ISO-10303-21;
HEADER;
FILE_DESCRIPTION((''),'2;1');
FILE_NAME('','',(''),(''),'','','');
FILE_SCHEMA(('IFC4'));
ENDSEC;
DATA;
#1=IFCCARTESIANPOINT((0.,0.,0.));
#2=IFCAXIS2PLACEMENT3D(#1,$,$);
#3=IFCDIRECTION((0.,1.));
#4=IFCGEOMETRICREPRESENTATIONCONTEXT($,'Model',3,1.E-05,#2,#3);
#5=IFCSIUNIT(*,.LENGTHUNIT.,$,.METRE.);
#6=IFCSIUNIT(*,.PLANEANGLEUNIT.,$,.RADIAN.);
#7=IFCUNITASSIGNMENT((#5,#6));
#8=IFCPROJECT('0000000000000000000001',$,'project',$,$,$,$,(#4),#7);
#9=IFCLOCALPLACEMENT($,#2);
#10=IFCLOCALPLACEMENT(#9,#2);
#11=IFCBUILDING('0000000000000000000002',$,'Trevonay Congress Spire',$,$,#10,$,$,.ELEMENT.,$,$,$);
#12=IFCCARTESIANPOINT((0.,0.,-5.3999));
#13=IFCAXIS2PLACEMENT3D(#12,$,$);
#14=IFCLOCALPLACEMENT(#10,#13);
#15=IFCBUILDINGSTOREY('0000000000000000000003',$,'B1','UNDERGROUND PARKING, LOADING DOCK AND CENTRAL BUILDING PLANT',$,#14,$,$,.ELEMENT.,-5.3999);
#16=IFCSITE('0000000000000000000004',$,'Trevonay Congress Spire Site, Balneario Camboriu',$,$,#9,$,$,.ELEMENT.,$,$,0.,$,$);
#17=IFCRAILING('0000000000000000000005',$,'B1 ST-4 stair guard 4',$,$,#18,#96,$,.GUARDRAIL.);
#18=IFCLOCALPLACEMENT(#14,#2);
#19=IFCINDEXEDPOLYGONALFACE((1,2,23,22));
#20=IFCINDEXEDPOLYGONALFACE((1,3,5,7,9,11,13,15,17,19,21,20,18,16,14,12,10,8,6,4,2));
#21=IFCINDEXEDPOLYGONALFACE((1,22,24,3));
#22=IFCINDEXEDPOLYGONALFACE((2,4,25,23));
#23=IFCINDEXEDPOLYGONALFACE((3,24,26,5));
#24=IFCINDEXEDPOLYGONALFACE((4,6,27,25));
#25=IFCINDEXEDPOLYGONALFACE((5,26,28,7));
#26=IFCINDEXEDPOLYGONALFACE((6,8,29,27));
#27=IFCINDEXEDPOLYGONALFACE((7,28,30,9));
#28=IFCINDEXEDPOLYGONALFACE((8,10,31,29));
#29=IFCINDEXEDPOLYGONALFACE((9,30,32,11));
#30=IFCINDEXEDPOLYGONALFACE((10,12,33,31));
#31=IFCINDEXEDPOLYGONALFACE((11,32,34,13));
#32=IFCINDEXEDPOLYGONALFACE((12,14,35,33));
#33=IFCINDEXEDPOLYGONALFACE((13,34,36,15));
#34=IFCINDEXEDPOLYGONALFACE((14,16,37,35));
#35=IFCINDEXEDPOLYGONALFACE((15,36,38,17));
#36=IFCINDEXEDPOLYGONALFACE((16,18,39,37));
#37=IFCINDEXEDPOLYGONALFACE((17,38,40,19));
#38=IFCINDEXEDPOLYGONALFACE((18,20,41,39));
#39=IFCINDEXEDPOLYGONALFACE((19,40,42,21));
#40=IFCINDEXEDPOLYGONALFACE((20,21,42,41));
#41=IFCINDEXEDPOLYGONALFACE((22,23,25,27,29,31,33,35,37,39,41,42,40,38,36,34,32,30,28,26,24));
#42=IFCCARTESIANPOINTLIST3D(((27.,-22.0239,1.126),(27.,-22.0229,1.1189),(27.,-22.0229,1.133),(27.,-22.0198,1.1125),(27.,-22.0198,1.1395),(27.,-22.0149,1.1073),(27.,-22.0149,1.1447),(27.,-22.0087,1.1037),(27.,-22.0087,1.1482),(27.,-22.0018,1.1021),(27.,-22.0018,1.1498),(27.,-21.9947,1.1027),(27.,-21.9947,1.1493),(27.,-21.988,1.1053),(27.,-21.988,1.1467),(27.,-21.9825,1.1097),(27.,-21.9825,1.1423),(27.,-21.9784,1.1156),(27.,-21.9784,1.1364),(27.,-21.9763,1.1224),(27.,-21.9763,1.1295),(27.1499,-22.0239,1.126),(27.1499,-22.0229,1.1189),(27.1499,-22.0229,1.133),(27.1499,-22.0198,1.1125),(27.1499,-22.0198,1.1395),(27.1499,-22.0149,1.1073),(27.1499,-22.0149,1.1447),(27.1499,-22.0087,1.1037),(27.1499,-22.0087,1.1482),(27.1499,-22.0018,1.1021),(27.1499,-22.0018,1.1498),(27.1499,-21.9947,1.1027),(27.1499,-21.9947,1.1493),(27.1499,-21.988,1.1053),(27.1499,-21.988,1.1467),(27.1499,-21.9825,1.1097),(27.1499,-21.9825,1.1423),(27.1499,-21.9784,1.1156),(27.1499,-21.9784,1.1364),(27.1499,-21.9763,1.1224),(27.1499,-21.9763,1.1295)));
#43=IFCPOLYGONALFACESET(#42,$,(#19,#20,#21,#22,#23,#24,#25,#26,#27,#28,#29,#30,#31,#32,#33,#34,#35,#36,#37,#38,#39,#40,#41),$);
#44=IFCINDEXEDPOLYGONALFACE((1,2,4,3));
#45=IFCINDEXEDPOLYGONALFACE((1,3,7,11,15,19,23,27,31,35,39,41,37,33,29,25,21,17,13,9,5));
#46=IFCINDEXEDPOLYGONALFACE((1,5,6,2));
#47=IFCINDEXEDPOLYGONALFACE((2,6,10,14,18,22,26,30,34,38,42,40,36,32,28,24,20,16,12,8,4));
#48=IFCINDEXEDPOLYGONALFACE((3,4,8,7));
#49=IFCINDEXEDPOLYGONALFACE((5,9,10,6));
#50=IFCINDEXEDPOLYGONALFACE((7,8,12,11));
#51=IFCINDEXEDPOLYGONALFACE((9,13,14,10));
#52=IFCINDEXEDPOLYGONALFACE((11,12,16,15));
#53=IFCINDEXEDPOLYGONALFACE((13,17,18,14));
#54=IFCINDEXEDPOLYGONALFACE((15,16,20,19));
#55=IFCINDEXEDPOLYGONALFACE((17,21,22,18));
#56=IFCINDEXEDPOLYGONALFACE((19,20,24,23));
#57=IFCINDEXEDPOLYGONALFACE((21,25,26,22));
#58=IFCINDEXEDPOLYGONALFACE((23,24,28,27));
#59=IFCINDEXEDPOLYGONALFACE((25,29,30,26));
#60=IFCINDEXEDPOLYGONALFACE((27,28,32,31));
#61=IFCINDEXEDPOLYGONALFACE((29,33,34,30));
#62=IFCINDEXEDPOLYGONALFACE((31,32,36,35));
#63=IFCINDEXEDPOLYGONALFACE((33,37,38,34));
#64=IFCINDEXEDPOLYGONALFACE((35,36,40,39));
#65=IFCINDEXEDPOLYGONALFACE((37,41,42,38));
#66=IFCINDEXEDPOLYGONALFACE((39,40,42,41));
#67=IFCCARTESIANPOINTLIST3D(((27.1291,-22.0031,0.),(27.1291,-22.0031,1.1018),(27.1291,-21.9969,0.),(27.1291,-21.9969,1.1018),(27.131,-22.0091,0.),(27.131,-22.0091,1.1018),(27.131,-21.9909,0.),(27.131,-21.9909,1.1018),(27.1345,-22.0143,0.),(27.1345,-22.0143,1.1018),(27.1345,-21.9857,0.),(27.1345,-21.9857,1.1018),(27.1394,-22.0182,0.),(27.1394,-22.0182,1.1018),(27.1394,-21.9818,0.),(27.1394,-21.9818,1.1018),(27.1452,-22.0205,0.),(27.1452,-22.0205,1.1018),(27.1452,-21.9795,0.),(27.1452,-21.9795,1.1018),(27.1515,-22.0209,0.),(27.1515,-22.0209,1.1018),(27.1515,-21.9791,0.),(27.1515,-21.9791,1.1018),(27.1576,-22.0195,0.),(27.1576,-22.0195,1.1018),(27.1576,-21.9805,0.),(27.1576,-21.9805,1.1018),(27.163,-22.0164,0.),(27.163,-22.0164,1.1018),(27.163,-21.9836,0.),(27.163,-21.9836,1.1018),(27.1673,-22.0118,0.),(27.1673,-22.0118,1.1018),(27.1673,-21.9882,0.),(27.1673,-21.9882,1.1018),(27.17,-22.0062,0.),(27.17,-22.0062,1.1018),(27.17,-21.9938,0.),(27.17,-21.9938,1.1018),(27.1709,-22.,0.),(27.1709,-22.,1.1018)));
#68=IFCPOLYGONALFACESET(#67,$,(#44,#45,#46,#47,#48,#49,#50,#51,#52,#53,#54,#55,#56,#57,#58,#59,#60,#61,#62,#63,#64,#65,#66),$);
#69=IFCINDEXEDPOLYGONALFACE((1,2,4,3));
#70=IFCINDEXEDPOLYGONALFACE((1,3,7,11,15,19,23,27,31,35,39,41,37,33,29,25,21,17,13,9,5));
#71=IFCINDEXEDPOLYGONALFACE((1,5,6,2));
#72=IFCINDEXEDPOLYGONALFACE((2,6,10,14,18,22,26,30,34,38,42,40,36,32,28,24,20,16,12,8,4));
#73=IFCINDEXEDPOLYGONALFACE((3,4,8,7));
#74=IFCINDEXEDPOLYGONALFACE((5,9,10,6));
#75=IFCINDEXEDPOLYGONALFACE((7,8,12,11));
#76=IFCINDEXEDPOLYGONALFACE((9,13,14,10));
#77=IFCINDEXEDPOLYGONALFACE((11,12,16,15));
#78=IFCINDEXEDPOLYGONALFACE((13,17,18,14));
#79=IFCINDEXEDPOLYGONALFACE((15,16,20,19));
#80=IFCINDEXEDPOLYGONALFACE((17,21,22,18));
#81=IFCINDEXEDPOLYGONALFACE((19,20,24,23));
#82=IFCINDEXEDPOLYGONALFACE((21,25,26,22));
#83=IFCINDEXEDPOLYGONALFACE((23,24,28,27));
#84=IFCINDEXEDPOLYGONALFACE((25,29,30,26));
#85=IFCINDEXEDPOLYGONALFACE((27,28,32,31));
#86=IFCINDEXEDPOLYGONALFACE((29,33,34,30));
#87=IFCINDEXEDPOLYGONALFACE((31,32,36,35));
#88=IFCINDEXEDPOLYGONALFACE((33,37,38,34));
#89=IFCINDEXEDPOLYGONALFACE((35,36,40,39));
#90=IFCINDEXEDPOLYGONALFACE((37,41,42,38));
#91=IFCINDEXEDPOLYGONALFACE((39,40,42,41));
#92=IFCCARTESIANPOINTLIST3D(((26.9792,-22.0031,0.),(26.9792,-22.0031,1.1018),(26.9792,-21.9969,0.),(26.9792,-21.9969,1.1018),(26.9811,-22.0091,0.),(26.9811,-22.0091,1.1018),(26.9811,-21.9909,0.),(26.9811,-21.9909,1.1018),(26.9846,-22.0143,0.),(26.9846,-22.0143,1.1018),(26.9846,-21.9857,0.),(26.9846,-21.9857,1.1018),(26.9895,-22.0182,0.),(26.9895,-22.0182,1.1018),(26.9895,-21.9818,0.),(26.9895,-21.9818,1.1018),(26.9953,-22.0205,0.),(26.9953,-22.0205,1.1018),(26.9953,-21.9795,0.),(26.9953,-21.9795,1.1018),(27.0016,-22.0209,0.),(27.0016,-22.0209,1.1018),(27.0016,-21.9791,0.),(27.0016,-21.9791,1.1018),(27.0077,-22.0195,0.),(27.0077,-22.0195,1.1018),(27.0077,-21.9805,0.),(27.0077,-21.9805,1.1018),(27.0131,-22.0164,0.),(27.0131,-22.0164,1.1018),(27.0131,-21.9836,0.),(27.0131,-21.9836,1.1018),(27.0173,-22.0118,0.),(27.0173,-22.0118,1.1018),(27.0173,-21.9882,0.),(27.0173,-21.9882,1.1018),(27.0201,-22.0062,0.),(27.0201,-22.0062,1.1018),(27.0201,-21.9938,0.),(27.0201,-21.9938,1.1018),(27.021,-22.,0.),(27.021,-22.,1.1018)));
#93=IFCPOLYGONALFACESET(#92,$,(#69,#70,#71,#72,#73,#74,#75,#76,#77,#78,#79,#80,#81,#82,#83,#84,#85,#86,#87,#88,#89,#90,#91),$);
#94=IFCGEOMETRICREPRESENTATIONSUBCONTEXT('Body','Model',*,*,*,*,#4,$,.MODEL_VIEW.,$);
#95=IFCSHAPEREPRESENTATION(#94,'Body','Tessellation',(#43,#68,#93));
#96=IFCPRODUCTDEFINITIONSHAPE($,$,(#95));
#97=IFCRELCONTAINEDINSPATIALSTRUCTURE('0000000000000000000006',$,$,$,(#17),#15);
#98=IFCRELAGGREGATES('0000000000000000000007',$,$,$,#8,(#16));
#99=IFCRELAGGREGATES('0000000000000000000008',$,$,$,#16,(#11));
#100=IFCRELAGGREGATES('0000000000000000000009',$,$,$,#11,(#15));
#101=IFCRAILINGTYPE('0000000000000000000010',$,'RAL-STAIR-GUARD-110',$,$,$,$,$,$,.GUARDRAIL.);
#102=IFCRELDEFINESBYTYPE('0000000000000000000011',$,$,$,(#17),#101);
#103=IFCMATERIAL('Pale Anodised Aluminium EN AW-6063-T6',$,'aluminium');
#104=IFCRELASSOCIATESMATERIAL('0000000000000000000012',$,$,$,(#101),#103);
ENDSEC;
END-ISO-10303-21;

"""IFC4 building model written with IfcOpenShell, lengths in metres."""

from ifc_helpers import new_model, si_unit, direction, frame, origin, origin_2d, place, context, subcontext, project, spatial, circle, extrude, material, type_object, element, save


model = new_model("IFC4")

# Units and contexts
model_context = context("Model", 3, precision=1e-05, world=origin(), true_north=direction((0.0, 1.0)))
body_context = subcontext(model_context, "Body", "Model", "MODEL_VIEW")
ifc_project = project(units=[si_unit("LENGTHUNIT", "METRE"), si_unit("PLANEANGLEUNIT", "RADIAN")], contexts=[model_context])

# Site, building, storey
site_placement = place(None, origin())
site = spatial("IfcSite", under=ifc_project, at=site_placement, Name="Trevonay Congress Spire Site, Balneario Camboriu", CompositionType="ELEMENT", RefElevation=0.0)
building_placement = place(site_placement, origin())
building = spatial("IfcBuilding", under=site, at=building_placement, Name="Trevonay Congress Spire", CompositionType="ELEMENT")
storey_placement = place(building_placement, frame((0.0, 0.0, -5.3999)))
storey = spatial("IfcBuildingStorey", under=building, at=storey_placement, Name="B1", Description="UNDERGROUND PARKING, LOADING DOCK AND CENTRAL BUILDING PLANT", CompositionType="ELEMENT", Elevation=-5.3999)

# Railing
ifc_material_1 = material(Name="Pale Anodised Aluminium EN AW-6063-T6", Category="aluminium")
railing_type_1 = type_object("IfcRailingType", Name="RAL-STAIR-GUARD-110", PredefinedType="GUARDRAIL", material=ifc_material_1)
railing_1_placement = place(storey_placement, frame((27.1499, -22.0, 0.0)))
element("IfcRailing", 1, at=railing_1_placement, inside=storey, type_object=railing_type_1, Name="B1 ST-4 stair guard 4", PredefinedType="GUARDRAIL", context=body_context, shape_type="SweptSolid", body=[
    extrude(circle(Radius=0.0239, at=origin_2d()), frame((0.0, 0.0, 1.126), z_axis=(-1.0, 0.0, 0.0), x_axis=(0.0, -1.0, 0.0)), (0.0, 0.0, 1.0), 0.1499),
    extrude(circle(Radius=0.021, at=origin_2d()), origin(), (0.0, 0.0, 1.0), 1.1018),
    extrude(circle(Radius=0.021, at=origin_2d()), frame((-0.1499, 0.0, 0.0)), (0.0, 0.0, 1.0), 1.1018),
])

save(model, "model.ifc")
